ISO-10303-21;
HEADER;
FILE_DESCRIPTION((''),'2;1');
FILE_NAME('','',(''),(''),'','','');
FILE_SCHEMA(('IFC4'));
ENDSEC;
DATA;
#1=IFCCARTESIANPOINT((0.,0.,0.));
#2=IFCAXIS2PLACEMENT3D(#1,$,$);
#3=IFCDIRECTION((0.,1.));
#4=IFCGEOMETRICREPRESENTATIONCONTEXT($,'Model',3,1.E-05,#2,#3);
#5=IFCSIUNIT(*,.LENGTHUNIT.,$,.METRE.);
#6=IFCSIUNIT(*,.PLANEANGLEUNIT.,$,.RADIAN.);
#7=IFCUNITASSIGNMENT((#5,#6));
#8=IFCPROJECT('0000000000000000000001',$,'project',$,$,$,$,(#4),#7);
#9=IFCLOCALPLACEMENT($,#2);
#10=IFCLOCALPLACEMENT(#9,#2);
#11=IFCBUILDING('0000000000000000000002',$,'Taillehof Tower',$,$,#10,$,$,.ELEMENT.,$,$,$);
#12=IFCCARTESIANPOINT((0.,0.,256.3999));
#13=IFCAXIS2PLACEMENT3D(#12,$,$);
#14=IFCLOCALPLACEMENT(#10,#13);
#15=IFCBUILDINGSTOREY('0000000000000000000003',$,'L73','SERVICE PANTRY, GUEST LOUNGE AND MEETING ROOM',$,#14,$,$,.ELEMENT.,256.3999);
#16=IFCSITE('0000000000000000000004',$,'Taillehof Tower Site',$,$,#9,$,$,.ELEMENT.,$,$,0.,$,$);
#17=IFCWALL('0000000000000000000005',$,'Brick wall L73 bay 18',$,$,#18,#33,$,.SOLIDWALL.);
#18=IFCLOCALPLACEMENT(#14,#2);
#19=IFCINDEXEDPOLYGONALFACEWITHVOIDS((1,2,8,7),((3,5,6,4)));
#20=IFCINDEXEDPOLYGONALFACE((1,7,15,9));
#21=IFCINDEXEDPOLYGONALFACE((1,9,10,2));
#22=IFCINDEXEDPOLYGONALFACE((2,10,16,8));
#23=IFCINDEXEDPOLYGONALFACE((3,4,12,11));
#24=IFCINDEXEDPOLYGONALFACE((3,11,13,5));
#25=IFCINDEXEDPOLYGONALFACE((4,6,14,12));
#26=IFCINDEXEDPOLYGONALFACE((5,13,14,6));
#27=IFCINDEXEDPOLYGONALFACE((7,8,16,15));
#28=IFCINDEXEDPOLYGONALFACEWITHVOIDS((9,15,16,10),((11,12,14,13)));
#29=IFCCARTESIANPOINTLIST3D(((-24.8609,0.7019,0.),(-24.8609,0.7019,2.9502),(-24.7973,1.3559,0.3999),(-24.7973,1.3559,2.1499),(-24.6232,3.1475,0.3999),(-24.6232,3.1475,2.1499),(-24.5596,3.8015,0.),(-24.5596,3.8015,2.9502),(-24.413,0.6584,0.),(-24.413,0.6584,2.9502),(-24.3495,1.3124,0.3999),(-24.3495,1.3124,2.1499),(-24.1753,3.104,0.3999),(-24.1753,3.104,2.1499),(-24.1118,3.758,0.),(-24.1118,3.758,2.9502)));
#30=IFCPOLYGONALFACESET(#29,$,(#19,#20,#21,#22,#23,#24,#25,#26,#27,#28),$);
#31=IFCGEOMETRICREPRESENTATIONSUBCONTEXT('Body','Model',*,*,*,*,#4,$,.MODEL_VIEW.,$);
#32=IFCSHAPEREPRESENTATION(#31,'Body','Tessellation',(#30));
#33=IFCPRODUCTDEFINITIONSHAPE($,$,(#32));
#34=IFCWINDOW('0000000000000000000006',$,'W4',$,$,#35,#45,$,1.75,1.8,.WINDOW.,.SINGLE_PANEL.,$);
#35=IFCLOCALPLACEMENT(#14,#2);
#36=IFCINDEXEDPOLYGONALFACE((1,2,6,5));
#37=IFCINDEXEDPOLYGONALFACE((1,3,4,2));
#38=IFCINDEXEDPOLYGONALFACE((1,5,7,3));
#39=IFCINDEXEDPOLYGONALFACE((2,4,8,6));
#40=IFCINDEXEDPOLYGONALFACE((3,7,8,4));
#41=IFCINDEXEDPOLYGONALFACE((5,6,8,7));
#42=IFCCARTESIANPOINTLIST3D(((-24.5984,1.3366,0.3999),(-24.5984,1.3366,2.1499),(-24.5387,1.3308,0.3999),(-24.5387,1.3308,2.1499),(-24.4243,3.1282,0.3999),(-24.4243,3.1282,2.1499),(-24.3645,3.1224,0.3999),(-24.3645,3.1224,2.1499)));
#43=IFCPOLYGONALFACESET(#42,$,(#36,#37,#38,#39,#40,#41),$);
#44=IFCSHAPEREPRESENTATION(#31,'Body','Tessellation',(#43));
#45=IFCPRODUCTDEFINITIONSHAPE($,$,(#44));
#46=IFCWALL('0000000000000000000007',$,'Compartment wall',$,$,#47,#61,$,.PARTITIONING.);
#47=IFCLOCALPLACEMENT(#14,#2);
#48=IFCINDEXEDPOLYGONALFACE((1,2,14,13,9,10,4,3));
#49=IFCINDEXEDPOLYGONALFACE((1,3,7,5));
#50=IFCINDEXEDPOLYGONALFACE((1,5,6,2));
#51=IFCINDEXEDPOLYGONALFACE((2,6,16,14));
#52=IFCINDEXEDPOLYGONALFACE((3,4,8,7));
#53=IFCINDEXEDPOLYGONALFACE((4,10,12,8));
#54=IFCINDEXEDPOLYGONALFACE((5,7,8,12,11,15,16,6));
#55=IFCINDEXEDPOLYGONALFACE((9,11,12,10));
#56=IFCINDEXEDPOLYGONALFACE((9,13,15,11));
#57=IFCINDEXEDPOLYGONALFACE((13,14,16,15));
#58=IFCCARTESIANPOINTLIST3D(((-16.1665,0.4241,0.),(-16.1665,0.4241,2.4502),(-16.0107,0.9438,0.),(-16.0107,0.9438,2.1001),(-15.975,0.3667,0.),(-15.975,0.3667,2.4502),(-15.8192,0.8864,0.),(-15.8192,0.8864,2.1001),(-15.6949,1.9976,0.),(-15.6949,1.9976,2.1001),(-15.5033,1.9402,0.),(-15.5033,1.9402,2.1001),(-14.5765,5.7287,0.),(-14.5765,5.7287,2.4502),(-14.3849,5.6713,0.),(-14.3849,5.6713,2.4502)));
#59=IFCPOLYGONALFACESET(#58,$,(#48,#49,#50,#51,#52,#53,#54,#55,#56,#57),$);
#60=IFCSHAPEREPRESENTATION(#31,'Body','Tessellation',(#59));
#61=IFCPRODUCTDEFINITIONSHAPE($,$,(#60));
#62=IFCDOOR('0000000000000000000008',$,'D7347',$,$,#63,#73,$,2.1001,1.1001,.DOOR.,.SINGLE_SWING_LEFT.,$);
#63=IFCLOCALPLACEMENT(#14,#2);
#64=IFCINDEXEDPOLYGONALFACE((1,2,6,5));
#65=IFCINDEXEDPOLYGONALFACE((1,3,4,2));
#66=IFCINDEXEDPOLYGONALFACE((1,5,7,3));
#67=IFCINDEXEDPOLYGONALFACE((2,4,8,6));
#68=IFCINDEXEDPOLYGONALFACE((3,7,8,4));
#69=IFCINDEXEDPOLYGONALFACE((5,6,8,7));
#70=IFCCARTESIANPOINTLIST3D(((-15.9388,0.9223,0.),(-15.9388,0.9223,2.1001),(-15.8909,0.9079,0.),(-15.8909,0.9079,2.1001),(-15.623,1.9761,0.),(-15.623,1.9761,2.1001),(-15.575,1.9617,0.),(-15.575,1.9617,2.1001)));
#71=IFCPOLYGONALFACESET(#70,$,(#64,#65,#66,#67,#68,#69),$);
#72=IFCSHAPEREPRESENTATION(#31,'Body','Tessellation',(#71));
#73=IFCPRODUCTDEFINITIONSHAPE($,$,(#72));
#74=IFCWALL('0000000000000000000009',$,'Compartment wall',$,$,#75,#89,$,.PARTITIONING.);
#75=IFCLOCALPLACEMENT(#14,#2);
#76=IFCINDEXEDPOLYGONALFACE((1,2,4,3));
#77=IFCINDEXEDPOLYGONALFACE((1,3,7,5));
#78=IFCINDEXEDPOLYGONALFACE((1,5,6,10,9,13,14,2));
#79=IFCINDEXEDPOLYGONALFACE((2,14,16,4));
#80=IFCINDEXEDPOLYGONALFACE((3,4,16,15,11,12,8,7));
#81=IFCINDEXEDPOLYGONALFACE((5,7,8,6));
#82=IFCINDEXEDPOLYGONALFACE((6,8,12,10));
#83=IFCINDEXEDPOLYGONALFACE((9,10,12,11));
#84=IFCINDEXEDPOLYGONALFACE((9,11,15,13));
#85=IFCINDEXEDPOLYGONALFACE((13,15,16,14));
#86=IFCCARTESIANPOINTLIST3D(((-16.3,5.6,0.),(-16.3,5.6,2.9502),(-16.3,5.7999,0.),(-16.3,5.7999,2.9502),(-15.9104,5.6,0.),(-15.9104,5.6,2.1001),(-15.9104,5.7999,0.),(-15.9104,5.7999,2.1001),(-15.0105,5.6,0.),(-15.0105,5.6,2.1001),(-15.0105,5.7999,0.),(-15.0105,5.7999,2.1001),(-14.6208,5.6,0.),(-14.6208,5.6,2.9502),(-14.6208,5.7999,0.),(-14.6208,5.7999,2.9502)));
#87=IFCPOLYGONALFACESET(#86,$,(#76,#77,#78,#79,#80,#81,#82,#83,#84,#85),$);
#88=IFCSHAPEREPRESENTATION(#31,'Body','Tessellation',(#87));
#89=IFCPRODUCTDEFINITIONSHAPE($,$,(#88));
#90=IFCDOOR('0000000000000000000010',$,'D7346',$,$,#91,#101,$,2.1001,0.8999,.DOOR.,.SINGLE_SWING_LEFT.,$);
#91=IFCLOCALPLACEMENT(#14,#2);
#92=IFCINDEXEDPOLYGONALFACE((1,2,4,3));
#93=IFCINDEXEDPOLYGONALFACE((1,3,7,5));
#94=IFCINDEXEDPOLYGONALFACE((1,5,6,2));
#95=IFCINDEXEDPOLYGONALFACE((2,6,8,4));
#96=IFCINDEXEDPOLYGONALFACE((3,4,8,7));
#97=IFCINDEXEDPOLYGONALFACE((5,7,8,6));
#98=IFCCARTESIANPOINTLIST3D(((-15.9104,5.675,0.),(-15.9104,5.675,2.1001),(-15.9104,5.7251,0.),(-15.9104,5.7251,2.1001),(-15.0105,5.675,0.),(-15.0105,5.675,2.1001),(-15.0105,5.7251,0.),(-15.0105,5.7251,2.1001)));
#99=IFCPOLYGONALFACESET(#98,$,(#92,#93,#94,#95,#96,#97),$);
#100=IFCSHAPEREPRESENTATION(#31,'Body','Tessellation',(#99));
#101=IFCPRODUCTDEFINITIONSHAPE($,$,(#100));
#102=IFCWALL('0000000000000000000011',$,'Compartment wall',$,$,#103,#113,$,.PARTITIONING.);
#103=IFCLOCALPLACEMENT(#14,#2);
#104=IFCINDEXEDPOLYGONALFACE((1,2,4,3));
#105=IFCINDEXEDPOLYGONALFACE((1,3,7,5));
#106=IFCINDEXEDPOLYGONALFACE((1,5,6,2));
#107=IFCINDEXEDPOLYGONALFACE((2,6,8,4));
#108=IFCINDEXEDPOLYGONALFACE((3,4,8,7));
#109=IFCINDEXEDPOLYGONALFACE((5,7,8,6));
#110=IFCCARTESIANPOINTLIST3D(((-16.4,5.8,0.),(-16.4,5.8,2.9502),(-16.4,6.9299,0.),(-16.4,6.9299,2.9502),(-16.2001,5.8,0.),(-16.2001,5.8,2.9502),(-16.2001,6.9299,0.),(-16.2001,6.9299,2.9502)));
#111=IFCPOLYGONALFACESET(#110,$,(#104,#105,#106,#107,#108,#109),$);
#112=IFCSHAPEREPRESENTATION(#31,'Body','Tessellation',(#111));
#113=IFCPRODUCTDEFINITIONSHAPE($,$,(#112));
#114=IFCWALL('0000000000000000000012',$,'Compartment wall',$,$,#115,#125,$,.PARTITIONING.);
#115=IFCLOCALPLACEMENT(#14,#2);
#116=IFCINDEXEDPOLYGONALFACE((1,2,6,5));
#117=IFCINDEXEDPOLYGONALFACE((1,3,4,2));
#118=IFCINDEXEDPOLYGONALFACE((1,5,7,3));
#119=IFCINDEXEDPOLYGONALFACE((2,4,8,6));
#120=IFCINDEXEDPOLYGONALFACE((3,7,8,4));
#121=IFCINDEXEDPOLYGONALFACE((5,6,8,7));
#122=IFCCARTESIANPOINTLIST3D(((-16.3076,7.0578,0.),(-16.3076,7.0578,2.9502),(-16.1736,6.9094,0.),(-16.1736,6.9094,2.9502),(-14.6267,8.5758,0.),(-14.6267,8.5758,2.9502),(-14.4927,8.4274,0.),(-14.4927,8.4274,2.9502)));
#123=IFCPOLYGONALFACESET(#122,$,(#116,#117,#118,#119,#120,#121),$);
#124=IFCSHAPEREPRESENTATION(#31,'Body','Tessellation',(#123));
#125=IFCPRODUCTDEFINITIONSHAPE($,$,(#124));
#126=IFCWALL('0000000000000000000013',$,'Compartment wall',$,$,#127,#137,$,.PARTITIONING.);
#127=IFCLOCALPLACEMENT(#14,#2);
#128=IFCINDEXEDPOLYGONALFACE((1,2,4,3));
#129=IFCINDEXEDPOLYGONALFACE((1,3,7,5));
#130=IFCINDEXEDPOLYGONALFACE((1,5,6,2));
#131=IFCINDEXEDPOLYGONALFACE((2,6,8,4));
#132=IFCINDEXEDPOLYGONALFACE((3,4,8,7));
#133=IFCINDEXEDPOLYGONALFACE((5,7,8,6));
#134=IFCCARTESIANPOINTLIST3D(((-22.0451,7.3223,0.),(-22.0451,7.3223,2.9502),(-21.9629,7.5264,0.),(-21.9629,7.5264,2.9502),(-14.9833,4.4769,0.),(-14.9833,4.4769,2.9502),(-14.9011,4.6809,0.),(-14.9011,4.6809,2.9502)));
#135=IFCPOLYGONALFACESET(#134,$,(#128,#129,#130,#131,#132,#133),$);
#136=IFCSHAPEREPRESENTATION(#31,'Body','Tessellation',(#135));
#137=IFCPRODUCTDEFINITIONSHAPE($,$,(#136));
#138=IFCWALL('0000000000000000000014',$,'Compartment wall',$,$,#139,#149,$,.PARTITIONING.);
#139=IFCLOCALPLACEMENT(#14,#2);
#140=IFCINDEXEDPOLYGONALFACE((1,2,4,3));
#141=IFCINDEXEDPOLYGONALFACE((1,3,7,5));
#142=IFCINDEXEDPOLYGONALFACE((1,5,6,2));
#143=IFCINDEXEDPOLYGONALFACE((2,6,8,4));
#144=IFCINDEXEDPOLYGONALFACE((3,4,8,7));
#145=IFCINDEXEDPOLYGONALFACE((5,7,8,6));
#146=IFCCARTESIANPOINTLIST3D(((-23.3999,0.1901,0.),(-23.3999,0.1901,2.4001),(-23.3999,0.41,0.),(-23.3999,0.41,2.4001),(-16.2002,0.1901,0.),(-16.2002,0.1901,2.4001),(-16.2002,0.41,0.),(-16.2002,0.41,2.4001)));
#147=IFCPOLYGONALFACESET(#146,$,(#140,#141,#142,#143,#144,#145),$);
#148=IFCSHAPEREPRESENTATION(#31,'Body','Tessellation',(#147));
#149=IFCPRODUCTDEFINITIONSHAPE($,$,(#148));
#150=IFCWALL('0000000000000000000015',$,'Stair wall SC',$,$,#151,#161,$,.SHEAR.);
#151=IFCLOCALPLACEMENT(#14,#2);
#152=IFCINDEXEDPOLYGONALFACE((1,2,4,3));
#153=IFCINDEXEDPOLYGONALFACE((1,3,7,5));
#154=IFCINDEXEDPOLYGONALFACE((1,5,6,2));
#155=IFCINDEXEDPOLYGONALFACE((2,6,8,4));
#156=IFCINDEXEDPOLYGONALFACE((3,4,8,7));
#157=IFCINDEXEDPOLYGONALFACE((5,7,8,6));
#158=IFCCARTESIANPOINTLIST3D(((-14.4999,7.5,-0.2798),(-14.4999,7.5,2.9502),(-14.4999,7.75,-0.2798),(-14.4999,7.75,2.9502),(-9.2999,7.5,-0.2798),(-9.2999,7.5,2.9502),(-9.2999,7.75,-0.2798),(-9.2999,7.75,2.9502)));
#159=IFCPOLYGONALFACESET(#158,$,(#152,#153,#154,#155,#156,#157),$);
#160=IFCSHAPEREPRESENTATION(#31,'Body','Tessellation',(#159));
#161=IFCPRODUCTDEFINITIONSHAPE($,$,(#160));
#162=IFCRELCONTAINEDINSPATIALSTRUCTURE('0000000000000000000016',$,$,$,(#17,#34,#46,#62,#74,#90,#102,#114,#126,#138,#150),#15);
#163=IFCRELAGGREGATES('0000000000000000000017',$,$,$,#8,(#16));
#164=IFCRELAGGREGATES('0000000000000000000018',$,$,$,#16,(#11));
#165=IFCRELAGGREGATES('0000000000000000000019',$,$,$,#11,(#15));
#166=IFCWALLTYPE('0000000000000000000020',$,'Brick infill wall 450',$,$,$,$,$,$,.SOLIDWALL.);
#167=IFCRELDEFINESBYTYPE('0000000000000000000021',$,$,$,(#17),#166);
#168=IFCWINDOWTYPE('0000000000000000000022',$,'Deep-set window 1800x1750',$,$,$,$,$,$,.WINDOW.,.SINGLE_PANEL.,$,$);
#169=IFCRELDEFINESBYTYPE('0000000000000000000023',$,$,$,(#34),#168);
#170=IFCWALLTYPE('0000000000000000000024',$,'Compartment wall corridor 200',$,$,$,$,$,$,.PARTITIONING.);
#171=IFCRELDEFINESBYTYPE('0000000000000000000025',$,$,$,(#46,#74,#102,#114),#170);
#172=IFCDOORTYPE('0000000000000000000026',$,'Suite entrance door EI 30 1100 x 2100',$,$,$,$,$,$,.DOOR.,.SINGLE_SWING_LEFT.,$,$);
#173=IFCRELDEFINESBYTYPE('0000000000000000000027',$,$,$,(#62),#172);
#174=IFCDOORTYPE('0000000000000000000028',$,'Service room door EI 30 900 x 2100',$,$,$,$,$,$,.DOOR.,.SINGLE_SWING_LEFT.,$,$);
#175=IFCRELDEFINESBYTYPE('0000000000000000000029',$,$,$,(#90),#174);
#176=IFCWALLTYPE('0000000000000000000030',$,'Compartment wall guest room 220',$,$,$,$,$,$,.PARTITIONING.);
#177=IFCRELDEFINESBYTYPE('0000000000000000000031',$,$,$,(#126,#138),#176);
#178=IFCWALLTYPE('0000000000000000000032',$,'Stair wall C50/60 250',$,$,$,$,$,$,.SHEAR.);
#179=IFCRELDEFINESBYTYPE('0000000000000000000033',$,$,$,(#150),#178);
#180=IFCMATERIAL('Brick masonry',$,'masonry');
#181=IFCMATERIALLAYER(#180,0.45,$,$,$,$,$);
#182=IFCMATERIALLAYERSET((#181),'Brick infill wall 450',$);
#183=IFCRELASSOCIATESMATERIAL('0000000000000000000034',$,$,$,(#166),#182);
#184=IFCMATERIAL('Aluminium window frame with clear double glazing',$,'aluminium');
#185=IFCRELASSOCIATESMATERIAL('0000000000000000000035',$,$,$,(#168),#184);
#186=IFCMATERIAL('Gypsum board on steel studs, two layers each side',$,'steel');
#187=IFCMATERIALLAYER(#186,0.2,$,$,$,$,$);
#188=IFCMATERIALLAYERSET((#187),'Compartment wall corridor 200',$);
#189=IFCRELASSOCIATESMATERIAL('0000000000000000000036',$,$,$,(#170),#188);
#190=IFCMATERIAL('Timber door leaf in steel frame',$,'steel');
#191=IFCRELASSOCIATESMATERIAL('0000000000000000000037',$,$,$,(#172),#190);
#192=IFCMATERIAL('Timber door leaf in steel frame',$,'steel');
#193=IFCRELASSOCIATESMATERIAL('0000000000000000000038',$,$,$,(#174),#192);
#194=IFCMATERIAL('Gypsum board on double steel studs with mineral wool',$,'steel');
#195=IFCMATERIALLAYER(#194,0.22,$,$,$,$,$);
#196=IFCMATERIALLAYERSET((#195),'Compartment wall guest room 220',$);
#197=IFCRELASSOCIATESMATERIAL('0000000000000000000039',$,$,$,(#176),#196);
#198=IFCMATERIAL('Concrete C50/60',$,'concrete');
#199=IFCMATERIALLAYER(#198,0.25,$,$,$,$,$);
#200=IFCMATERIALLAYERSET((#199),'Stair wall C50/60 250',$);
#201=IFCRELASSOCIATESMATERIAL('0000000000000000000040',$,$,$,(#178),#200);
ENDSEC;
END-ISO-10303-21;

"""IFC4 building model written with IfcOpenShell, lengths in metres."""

from ifc_helpers import new_model, si_unit, direction, frame, frame_2d, origin, place, context, subcontext, project, spatial, rectangle, extrude, material, layer, layer_set, type_object, element, fill, save


model = new_model("IFC4")

# Units and contexts
model_context = context("Model", 3, precision=1e-05, world=origin(), true_north=direction((0.0, 1.0)))
body_context = subcontext(model_context, "Body", "Model", "MODEL_VIEW")
ifc_project = project(units=[si_unit("LENGTHUNIT", "METRE"), si_unit("PLANEANGLEUNIT", "RADIAN")], contexts=[model_context])

# Site, building, storey
site_placement = place(None, origin())
site = spatial("IfcSite", under=ifc_project, at=site_placement, Name="Taillehof Tower Site", CompositionType="ELEMENT", RefElevation=0.0)
building_placement = place(site_placement, origin())
building = spatial("IfcBuilding", under=site, at=building_placement, Name="Taillehof Tower", CompositionType="ELEMENT")
storey_placement = place(building_placement, frame((0.0, 0.0, 256.3999)))
storey = spatial("IfcBuildingStorey", under=building, at=storey_placement, Name="L73", Description="SERVICE PANTRY, GUEST LOUNGE AND MEETING ROOM", CompositionType="ELEMENT", Elevation=256.3999)

# Wall, opening, window
ifc_material_1 = material(Name="Brick masonry", Category="masonry")
ifc_layer_1 = layer(ifc_material_1, 0.45)
ifc_layer_set_1 = layer_set([ifc_layer_1], Name="Brick infill wall 450")
wall_type_1 = type_object("IfcWallType", Name="Brick infill wall 450", PredefinedType="SOLIDWALL", material=ifc_layer_set_1)
ifc_material_2 = material(Name="Aluminium window frame with clear double glazing", Category="aluminium")
window_type = type_object("IfcWindowType", Name="Deep-set window 1800x1750", PartitioningType="SINGLE_PANEL", PredefinedType="WINDOW", material=ifc_material_2)
wall_1_placement = place(storey_placement, frame((-24.3357, 3.7798, 0.0), z_axis=(0.0, 0.0, 1.0), x_axis=(-0.09674, -0.99531, 0.0)))
wall_1 = element("IfcWall", 1, at=wall_1_placement, inside=storey, type_object=wall_type_1, Name="Brick wall L73 bay 18", PredefinedType="SOLIDWALL", context=body_context, shape_type="SweptSolid", body=[
    extrude(rectangle(XDim=3.1143, YDim=0.45, at=frame_2d((1.5571, 0.0))), origin(), (0.0, 0.0, 1.0), 2.9502),
])
opening_1_placement = place(wall_1_placement, frame((0.6572, 0.0, 0.3999)))
opening_1 = element("IfcOpeningElement", 2, at=opening_1_placement, cuts=wall_1, PredefinedType="OPENING", context=body_context, shape_type="SweptSolid", body=[
    extrude(rectangle(XDim=1.8, YDim=1.75, at=frame_2d((0.8999, 0.875))), frame((0.0, 0.2349, 0.0), z_axis=(0.0, -1.0, 0.0), x_axis=(1.0, 0.0, 0.0)), (0.0, 0.0, 1.0), 0.47),
])
window_1_placement = place(opening_1_placement, origin())
window_1 = element("IfcWindow", 3, at=window_1_placement, inside=storey, type_object=window_type, Name="W4", OverallHeight=1.75, OverallWidth=1.8, PartitioningType="SINGLE_PANEL", PredefinedType="WINDOW", context=body_context, shape_type="SweptSolid", body=[
    extrude(rectangle(XDim=1.8, YDim=1.75, at=frame_2d((0.8999, 0.875))), frame((0.0, 0.0349, 0.0), z_axis=(0.0, -1.0, 0.0), x_axis=(1.0, 0.0, 0.0)), (0.0, 0.0, 1.0), 0.0601),
])
fill(opening_1, window_1)

# Walls, openings, doors
ifc_material_3 = material(Name="Gypsum board on steel studs, two layers each side", Category="steel")
ifc_layer_2 = layer(ifc_material_3, 0.2)
ifc_layer_set_2 = layer_set([ifc_layer_2], Name="Compartment wall corridor 200")
wall_type_2 = type_object("IfcWallType", Name="Compartment wall corridor 200", PredefinedType="PARTITIONING", material=ifc_layer_set_2)
wall_2_placement = place(storey_placement, frame((-16.0708, 0.3953, 0.0), z_axis=(0.0, 0.0, 1.0), x_axis=(0.287129, 0.957892, 0.0)))
wall_2 = element("IfcWall", 4, at=wall_2_placement, inside=storey, type_object=wall_type_2, Name="Compartment wall", PredefinedType="PARTITIONING", context=body_context, shape_type="SweptSolid", body=[
    extrude(rectangle(XDim=5.5378, YDim=0.2, at=frame_2d((2.769, 0.0))), origin(), (0.0, 0.0, 1.0), 2.4502),
])
opening_2_placement = place(wall_2_placement, frame((0.5427, 0.0, 0.0)))
opening_2 = element("IfcOpeningElement", 5, at=opening_2_placement, cuts=wall_2, PredefinedType="OPENING", context=body_context, shape_type="SweptSolid", body=[
    extrude(rectangle(XDim=1.1001, YDim=2.1001, at=frame_2d((0.55, 1.05))), frame((0.0, 0.1099, 0.0), z_axis=(0.0, -1.0, 0.0), x_axis=(1.0, 0.0, 0.0)), (0.0, 0.0, 1.0), 0.22),
])
ifc_material_4 = material(Name="Timber door leaf in steel frame", Category="steel")
door_type_1 = type_object("IfcDoorType", Name="Suite entrance door EI 30 1100 x 2100", OperationType="SINGLE_SWING_LEFT", PredefinedType="DOOR", material=ifc_material_4)
door_1_placement = place(opening_2_placement, origin())
door_1 = element("IfcDoor", 6, at=door_1_placement, inside=storey, type_object=door_type_1, Name="D7347", OperationType="SINGLE_SWING_LEFT", OverallHeight=2.1001, OverallWidth=1.1001, PredefinedType="DOOR", context=body_context, shape_type="SweptSolid", body=[
    extrude(rectangle(XDim=1.1001, YDim=2.1001, at=frame_2d((0.55, 1.05))), frame((0.0, 0.0249, 0.0), z_axis=(0.0, -1.0, 0.0), x_axis=(1.0, 0.0, 0.0)), (0.0, 0.0, 1.0), 0.05),
])
fill(opening_2, door_1)
wall_3_placement = place(storey_placement, frame((-14.6208, 5.7, 0.0), z_axis=(0.0, 0.0, 1.0), x_axis=(-1.0, 0.0, 0.0)))
wall_3 = element("IfcWall", 7, at=wall_3_placement, inside=storey, type_object=wall_type_2, Name="Compartment wall", PredefinedType="PARTITIONING", context=body_context, shape_type="SweptSolid", body=[
    extrude(rectangle(XDim=1.6792, YDim=0.2, at=frame_2d((0.8396, 0.0))), origin(), (0.0, 0.0, 1.0), 2.9502),
])
opening_3_placement = place(wall_3_placement, frame((0.3896, 0.0, 0.0)))
opening_3 = element("IfcOpeningElement", 8, at=opening_3_placement, cuts=wall_3, PredefinedType="OPENING", context=body_context, shape_type="SweptSolid", body=[
    extrude(rectangle(XDim=0.8999, YDim=2.1001, at=frame_2d((0.45, 1.05))), frame((0.0, 0.1099, 0.0), z_axis=(0.0, -1.0, 0.0), x_axis=(1.0, 0.0, 0.0)), (0.0, 0.0, 1.0), 0.22),
])
ifc_material_5 = material(Name="Timber door leaf in steel frame", Category="steel")
door_type_2 = type_object("IfcDoorType", Name="Service room door EI 30 900 x 2100", OperationType="SINGLE_SWING_LEFT", PredefinedType="DOOR", material=ifc_material_5)
door_2_placement = place(opening_3_placement, origin())
door_2 = element("IfcDoor", 9, at=door_2_placement, inside=storey, type_object=door_type_2, Name="D7346", OperationType="SINGLE_SWING_LEFT", OverallHeight=2.1001, OverallWidth=0.8999, PredefinedType="DOOR", context=body_context, shape_type="SweptSolid", body=[
    extrude(rectangle(XDim=0.8999, YDim=2.1001, at=frame_2d((0.45, 1.05))), frame((0.0, 0.0249, 0.0), z_axis=(0.0, -1.0, 0.0), x_axis=(1.0, 0.0, 0.0)), (0.0, 0.0, 1.0), 0.05),
])
fill(opening_3, door_2)

# Walls
wall_4_placement = place(storey_placement, frame((-16.3, 5.8, 0.0), z_axis=(0.0, 0.0, 1.0), x_axis=(0.0, 1.0, 0.0)))
element("IfcWall", 10, at=wall_4_placement, inside=storey, type_object=wall_type_2, Name="Compartment wall", PredefinedType="PARTITIONING", context=body_context, shape_type="SweptSolid", body=[
    extrude(rectangle(XDim=1.1299, YDim=0.2, at=frame_2d((0.5649, 0.0))), origin(), (0.0, 0.0, 1.0), 2.9502),
])
wall_5_placement = place(storey_placement, frame((-16.2405, 6.9836, 0.0), z_axis=(0.0, 0.0, 1.0), x_axis=(0.742141, 0.670244, 0.0)))
element("IfcWall", 11, at=wall_5_placement, inside=storey, type_object=wall_type_2, Name="Compartment wall", PredefinedType="PARTITIONING", context=body_context, shape_type="SweptSolid", body=[
    extrude(rectangle(XDim=2.2649, YDim=0.2, at=frame_2d((1.1323, 0.0))), origin(), (0.0, 0.0, 1.0), 2.9502),
])
ifc_material_6 = material(Name="Gypsum board on double steel studs with mineral wool", Category="steel")
ifc_layer_3 = layer(ifc_material_6, 0.22)
ifc_layer_set_3 = layer_set([ifc_layer_3], Name="Compartment wall guest room 220")
wall_type_3 = type_object("IfcWallType", Name="Compartment wall guest room 220", PredefinedType="PARTITIONING", material=ifc_layer_set_3)
wall_6_placement = place(storey_placement, frame((-22.0039, 7.4243, 0.0), z_axis=(0.0, 0.0, 1.0), x_axis=(0.927534, -0.373739, 0.0)))
element("IfcWall", 12, at=wall_6_placement, inside=storey, type_object=wall_type_3, Name="Compartment wall", PredefinedType="PARTITIONING", context=body_context, shape_type="SweptSolid", body=[
    extrude(rectangle(XDim=7.6135, YDim=0.22, at=frame_2d((3.8066, 0.0))), origin(), (0.0, 0.0, 1.0), 2.9502),
])
wall_7_placement = place(storey_placement, frame((-23.3999, 0.3, 0.0), z_axis=(0.0, 0.0, 1.0), x_axis=(1.0, 0.0, 0.0)))
element("IfcWall", 13, at=wall_7_placement, inside=storey, type_object=wall_type_3, Name="Compartment wall", PredefinedType="PARTITIONING", context=body_context, shape_type="SweptSolid", body=[
    extrude(rectangle(XDim=7.1997, YDim=0.22, at=frame_2d((3.5999, 0.0))), origin(), (0.0, 0.0, 1.0), 2.4001),
])
ifc_material_7 = material(Name="Concrete C50/60", Category="concrete")
ifc_layer_4 = layer(ifc_material_7, 0.25)
ifc_layer_set_4 = layer_set([ifc_layer_4], Name="Stair wall C50/60 250")
wall_type_4 = type_object("IfcWallType", Name="Stair wall C50/60 250", PredefinedType="SHEAR", material=ifc_layer_set_4)
wall_8_placement = place(storey_placement, frame((-14.5, 7.625, -0.2798), z_axis=(0.0, 0.0, 1.0), x_axis=(1.0, 0.0, 0.0)))
element("IfcWall", 14, at=wall_8_placement, inside=storey, type_object=wall_type_4, Name="Stair wall SC", PredefinedType="SHEAR", context=body_context, shape_type="SweptSolid", body=[
    extrude(rectangle(XDim=5.2, YDim=0.25, at=frame_2d((2.6001, 0.0))), origin(), (0.0, 0.0, 1.0), 3.23),
])

save(model, "model.ifc")
